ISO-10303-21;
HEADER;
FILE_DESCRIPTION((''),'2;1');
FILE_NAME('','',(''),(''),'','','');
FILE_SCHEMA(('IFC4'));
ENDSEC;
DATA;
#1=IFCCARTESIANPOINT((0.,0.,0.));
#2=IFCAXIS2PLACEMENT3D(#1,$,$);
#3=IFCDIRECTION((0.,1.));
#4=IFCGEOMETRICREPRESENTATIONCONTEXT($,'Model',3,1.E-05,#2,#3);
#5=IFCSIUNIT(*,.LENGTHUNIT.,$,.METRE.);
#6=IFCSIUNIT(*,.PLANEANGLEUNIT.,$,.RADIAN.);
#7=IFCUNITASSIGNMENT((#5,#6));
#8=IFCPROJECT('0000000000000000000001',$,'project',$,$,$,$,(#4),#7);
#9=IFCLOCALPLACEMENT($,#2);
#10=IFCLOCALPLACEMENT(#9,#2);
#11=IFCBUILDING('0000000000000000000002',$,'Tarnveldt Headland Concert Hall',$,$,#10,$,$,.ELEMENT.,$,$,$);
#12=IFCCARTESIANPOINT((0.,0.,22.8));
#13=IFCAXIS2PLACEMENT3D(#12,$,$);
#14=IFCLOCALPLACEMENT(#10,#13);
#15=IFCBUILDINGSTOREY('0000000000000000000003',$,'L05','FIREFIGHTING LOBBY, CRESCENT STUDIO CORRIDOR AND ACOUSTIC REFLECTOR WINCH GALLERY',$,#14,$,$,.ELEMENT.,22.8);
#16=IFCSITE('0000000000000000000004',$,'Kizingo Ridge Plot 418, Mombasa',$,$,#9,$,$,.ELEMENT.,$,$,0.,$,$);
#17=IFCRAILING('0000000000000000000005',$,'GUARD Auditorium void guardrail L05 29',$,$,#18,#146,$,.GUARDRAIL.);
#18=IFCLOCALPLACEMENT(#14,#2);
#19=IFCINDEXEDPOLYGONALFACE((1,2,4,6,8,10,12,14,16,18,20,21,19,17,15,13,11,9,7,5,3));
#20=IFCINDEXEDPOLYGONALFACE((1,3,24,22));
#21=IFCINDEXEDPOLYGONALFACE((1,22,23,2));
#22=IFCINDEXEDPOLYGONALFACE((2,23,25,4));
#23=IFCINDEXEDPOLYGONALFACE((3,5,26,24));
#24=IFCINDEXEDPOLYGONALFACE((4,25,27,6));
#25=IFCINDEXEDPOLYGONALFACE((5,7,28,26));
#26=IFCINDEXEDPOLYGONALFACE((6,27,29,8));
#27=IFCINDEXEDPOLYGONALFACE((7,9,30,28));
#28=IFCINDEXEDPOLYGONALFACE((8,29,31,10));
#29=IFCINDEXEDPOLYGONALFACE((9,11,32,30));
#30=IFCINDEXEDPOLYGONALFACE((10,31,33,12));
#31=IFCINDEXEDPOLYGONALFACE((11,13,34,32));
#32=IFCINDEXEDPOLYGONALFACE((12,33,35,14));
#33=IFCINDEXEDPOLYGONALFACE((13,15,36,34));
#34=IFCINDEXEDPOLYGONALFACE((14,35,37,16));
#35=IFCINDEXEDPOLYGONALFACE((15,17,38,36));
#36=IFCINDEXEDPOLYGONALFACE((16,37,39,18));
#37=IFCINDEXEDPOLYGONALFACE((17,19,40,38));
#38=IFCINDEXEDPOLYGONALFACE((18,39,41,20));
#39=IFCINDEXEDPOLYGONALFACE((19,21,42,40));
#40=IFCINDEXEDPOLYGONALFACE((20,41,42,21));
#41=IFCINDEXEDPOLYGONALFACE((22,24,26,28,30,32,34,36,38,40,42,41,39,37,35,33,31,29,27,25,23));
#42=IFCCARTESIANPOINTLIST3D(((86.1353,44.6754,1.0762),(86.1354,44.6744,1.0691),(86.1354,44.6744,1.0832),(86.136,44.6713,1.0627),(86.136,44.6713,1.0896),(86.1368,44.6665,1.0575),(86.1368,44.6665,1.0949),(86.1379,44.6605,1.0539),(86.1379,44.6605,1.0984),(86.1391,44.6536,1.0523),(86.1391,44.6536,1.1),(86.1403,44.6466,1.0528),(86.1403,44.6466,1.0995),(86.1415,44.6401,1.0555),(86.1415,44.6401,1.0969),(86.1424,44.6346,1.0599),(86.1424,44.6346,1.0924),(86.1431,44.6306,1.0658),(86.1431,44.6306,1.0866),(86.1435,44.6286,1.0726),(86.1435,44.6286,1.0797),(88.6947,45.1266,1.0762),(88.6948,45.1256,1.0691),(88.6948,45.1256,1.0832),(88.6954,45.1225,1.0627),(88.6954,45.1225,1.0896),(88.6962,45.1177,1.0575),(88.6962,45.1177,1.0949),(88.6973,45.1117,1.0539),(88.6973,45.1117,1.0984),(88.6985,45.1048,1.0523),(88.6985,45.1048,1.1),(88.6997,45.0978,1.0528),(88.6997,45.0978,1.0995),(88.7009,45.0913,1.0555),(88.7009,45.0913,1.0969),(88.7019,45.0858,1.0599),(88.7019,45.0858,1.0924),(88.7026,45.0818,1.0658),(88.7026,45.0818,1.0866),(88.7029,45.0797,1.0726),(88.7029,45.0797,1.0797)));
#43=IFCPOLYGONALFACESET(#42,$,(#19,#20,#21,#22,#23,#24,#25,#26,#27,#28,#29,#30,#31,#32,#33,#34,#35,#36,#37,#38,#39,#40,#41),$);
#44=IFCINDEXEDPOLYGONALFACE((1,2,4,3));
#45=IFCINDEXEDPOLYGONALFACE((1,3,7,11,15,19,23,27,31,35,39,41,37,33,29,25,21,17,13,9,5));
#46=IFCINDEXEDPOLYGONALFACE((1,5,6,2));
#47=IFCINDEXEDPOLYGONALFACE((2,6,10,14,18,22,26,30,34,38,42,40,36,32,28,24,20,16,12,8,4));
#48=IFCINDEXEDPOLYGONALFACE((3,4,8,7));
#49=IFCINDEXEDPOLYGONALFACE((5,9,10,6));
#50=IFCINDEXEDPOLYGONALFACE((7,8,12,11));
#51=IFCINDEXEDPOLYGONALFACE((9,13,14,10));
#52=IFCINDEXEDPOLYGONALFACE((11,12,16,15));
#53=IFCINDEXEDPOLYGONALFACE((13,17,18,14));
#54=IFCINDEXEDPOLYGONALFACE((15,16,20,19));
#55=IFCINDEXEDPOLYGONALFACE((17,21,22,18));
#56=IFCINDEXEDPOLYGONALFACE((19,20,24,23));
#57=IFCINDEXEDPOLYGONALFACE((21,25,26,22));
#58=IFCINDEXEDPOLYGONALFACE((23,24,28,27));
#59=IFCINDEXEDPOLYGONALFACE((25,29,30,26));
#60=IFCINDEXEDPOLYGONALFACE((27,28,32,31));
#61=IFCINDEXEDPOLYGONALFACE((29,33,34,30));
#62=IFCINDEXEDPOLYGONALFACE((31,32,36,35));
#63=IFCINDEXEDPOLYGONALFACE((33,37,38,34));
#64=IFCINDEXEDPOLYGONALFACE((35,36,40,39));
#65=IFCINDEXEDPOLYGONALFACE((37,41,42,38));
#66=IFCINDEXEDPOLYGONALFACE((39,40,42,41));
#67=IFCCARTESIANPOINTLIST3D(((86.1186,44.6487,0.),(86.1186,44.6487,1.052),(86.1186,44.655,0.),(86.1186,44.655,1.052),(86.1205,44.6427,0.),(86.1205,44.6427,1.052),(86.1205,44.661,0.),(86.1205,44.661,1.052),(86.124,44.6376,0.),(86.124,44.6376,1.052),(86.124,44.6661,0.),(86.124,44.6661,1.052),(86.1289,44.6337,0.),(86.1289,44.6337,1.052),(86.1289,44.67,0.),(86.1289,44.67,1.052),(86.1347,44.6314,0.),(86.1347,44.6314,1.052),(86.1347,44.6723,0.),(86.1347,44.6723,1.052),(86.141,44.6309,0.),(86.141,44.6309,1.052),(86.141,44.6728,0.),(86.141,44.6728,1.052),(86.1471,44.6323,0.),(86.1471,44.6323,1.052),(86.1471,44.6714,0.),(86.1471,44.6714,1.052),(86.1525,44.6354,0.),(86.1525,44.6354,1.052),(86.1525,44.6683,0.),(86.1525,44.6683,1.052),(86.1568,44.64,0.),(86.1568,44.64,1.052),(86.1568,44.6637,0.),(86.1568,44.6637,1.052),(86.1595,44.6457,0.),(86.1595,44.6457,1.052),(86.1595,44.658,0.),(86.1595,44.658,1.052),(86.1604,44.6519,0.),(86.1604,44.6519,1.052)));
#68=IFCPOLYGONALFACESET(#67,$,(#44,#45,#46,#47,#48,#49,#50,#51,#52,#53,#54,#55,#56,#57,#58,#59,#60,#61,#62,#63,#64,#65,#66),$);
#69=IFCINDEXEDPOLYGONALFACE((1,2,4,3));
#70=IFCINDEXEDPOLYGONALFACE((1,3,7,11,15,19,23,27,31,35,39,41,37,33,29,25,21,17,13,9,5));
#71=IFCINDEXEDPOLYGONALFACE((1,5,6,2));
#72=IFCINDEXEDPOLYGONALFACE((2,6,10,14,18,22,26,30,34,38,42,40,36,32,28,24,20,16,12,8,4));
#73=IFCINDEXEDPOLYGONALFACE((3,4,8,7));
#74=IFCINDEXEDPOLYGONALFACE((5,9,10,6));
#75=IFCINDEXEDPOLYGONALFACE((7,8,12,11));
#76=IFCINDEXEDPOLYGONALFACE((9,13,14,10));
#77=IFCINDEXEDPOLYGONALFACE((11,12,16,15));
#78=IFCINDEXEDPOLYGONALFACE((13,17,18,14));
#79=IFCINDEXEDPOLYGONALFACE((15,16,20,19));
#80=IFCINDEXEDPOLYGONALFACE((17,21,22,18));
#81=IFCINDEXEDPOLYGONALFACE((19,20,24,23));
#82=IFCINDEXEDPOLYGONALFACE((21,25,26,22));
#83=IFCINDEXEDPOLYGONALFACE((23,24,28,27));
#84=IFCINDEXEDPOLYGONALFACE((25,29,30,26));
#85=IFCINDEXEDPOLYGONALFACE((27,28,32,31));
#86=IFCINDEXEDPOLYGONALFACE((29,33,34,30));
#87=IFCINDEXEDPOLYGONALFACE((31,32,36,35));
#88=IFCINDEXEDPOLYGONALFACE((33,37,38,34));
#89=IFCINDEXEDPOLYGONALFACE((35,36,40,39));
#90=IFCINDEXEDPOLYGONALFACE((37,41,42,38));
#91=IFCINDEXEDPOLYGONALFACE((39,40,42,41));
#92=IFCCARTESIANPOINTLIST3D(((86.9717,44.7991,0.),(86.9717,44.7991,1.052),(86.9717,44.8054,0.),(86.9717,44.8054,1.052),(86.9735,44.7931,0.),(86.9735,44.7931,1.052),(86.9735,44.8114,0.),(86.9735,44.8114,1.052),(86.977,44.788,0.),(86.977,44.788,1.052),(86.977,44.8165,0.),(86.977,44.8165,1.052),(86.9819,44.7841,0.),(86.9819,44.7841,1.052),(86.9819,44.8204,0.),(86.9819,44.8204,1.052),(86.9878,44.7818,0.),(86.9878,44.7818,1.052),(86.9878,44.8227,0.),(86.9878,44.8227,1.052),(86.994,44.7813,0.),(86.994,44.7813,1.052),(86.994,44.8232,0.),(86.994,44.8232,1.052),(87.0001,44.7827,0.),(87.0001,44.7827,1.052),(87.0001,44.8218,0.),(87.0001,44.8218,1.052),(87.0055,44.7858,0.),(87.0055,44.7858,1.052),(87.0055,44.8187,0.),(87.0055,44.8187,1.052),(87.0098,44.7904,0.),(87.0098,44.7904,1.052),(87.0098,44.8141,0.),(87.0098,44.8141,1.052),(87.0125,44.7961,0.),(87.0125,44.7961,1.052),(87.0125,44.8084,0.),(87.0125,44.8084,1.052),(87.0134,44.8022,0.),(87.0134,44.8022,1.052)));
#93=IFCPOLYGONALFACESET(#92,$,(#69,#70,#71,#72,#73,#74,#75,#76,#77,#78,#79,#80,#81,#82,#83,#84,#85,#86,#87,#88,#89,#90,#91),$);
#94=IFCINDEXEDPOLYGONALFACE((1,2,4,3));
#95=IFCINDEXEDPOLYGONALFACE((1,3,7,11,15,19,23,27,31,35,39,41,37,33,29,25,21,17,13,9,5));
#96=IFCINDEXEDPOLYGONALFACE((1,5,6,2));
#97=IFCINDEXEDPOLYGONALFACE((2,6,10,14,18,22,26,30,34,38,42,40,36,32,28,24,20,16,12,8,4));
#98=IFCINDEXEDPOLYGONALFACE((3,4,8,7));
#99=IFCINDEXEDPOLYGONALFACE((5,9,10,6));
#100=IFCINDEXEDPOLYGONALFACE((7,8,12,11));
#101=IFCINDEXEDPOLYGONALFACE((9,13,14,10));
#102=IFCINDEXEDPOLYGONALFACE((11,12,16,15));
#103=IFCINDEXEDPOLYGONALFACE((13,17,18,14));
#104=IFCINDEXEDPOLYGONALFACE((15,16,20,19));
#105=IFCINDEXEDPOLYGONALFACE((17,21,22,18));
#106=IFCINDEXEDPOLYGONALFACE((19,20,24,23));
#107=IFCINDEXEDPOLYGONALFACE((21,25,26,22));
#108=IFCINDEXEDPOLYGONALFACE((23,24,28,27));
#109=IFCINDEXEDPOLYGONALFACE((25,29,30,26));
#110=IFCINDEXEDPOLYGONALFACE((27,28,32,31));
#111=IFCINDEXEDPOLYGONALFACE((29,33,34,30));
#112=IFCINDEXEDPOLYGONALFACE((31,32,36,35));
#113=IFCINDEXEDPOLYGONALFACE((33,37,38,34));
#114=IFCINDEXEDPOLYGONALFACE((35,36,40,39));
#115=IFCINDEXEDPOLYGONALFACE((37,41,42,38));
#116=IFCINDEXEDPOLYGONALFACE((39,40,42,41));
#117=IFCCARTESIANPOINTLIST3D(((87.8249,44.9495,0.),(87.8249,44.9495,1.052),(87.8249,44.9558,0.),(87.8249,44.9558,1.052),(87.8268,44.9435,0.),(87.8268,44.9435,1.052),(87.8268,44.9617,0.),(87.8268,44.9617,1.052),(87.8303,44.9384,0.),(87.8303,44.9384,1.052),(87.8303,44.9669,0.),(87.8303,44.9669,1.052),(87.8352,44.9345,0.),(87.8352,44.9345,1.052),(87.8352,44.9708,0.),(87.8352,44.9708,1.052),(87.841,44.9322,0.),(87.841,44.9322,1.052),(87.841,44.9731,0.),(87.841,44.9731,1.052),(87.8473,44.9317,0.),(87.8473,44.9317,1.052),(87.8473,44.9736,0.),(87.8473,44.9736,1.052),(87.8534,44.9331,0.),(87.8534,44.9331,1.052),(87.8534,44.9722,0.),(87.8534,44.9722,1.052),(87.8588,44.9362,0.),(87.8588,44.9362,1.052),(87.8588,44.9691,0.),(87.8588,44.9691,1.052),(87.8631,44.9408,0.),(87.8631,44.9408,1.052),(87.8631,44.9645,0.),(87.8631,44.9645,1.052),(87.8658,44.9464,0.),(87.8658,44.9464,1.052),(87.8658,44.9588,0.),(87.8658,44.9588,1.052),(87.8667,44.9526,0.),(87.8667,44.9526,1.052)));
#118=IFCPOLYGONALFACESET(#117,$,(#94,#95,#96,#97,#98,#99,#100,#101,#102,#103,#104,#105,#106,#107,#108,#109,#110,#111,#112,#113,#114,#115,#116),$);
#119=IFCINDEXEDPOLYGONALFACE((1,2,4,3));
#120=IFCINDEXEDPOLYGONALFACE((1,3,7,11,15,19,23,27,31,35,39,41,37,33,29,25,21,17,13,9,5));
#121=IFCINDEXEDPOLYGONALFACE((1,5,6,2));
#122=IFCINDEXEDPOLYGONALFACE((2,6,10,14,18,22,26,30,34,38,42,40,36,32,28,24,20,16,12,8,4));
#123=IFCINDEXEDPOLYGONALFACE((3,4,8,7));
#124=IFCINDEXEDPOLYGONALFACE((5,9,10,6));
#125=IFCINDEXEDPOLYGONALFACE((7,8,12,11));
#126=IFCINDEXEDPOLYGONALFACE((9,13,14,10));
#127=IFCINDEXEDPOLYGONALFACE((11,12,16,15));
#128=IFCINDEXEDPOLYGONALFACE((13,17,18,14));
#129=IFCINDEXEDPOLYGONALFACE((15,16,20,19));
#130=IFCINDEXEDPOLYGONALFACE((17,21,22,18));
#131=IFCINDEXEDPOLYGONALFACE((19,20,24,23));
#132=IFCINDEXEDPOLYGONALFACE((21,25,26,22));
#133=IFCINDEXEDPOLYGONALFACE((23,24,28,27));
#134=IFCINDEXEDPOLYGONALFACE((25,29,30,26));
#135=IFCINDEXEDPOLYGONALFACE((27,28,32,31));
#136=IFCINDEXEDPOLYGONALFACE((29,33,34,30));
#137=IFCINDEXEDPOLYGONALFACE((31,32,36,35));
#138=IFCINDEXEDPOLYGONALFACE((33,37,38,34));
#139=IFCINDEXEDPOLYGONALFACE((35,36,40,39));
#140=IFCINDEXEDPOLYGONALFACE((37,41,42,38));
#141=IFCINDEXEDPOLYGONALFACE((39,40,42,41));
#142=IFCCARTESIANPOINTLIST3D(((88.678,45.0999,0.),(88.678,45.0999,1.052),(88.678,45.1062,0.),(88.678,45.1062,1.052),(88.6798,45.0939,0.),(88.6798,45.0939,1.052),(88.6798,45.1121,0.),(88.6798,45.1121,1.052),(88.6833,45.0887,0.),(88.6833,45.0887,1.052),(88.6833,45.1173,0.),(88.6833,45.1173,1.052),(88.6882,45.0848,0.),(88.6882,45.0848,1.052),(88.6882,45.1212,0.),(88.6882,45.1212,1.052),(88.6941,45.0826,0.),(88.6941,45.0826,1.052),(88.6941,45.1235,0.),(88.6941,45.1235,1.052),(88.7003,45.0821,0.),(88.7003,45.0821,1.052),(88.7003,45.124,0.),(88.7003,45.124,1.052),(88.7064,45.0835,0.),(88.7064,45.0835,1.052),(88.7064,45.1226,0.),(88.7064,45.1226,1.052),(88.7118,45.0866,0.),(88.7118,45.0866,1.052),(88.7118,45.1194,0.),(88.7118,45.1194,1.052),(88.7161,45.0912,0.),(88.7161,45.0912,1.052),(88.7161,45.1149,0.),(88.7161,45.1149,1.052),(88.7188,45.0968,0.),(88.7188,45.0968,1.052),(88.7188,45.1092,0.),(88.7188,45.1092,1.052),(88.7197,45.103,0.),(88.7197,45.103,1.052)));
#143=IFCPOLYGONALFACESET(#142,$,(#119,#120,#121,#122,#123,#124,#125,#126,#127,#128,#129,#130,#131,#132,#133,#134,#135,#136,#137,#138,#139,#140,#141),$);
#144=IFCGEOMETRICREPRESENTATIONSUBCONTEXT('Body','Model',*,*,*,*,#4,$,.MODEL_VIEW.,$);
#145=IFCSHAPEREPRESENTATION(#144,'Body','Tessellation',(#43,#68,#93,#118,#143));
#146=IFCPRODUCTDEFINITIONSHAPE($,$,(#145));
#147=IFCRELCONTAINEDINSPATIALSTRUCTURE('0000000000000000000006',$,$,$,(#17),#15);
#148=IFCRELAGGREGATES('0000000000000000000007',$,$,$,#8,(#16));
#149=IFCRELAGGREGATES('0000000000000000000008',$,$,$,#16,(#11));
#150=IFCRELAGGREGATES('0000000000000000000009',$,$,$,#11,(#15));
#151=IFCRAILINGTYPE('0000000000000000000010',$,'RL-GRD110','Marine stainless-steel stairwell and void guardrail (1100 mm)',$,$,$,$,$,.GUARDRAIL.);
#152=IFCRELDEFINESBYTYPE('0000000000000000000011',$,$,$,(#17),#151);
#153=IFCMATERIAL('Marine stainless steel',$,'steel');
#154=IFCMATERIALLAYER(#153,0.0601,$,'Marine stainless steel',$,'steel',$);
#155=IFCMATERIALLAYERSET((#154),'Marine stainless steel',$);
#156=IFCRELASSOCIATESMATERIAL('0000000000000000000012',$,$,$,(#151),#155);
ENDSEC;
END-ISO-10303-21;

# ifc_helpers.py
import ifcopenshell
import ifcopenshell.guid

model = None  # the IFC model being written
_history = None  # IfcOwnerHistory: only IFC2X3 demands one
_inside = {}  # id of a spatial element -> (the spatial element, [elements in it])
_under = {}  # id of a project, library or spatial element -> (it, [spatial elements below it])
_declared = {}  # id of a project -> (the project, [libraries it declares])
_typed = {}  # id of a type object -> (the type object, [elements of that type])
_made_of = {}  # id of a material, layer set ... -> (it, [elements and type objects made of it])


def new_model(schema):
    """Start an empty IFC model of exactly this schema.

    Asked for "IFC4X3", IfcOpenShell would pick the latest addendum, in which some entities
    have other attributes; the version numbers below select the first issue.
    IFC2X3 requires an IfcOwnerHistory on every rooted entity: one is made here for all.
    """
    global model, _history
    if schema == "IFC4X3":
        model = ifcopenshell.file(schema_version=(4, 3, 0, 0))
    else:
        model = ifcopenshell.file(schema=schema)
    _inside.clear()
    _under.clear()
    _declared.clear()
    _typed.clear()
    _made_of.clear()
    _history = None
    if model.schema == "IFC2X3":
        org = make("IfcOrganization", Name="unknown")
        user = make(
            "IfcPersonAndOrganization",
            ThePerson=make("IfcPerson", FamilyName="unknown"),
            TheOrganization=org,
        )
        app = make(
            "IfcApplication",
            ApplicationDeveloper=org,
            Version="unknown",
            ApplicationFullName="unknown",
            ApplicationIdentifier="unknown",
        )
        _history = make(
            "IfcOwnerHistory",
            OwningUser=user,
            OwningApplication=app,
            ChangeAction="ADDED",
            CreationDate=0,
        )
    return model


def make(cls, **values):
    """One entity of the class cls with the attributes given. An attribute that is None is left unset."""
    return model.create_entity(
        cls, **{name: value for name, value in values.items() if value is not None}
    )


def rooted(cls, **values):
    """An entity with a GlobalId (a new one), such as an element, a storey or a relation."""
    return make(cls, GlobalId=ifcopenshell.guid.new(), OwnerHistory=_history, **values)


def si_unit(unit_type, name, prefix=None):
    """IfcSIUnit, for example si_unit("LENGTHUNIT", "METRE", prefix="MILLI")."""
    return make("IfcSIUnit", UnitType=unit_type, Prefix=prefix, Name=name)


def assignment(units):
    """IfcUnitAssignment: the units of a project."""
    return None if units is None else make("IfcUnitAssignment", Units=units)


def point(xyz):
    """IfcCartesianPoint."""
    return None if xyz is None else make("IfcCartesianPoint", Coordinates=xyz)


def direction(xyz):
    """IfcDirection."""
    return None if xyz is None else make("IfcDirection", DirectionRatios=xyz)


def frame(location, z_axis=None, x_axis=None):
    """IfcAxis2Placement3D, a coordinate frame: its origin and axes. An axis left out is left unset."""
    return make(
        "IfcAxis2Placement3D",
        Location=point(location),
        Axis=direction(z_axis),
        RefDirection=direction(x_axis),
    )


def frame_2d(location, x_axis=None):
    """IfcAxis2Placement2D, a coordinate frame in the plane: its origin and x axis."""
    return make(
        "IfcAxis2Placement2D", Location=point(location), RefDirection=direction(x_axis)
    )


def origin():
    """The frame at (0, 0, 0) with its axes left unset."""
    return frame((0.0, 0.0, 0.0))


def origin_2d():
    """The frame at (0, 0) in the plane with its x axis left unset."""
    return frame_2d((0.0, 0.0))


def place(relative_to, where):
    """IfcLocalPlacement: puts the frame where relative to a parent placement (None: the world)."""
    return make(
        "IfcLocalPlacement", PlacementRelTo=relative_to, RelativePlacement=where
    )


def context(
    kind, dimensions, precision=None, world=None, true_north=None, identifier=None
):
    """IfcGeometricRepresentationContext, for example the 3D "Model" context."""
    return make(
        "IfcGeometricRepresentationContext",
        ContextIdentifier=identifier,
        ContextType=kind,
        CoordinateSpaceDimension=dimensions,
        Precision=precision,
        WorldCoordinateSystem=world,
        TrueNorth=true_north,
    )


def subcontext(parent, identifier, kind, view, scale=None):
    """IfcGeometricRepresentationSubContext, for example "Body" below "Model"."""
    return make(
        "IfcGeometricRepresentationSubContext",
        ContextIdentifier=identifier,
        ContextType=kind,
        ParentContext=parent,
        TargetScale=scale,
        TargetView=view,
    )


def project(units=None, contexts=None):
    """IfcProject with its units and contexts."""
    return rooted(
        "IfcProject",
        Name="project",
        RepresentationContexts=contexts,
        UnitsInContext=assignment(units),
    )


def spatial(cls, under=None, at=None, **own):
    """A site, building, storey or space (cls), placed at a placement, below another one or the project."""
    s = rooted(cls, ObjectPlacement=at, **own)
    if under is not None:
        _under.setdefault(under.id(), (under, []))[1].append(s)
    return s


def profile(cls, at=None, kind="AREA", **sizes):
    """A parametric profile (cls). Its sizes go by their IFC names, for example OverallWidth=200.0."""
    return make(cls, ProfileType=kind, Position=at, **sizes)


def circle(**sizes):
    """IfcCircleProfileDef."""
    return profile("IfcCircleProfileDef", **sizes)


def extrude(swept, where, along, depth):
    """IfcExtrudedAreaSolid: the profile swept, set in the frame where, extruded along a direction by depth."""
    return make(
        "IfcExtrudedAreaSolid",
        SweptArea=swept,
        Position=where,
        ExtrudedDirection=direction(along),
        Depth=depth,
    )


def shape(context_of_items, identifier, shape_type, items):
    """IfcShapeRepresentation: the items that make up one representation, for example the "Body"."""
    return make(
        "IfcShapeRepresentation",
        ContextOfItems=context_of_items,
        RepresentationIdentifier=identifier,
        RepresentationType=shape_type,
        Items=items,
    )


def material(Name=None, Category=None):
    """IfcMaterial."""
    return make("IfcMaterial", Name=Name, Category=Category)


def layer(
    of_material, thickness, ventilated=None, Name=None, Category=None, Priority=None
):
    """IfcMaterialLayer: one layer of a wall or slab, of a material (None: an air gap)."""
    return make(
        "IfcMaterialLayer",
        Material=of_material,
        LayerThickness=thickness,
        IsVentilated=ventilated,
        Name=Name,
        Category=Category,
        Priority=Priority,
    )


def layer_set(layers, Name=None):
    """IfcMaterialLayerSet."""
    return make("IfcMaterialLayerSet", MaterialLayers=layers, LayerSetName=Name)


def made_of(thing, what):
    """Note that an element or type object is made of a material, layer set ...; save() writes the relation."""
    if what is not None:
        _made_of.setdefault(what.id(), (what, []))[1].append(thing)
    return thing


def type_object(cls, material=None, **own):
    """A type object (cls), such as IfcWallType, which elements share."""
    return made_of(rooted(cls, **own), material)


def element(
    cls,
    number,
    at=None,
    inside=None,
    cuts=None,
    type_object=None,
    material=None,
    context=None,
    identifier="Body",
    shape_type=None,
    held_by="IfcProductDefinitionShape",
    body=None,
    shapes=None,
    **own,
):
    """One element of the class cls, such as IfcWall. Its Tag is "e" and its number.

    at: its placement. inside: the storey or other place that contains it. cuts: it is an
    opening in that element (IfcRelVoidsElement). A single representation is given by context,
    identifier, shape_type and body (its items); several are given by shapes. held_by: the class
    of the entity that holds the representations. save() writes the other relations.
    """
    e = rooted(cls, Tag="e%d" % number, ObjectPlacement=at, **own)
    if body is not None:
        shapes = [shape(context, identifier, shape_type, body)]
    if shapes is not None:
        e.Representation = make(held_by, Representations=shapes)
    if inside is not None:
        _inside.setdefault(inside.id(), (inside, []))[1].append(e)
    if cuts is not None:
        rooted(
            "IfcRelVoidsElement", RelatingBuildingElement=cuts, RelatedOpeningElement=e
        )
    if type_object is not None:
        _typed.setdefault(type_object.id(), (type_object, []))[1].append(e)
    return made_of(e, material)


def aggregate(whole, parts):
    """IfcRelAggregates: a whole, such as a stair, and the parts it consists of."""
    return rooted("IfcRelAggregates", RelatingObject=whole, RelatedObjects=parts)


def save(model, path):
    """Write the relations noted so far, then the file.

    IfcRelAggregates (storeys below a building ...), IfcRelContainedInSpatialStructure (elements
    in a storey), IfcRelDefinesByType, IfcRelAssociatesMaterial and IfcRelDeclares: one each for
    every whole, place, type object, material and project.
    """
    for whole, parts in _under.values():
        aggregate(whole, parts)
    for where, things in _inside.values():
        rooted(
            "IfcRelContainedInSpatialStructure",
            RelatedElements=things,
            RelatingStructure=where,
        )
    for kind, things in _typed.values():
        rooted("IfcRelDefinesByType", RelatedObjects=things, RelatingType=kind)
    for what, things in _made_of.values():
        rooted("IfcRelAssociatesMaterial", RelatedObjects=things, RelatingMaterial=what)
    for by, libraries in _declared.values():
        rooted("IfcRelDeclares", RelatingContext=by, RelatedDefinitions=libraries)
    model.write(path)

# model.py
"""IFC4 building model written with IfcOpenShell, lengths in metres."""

from ifc_helpers import new_model, si_unit, direction, frame, origin, origin_2d, place, context, subcontext, project, spatial, circle, extrude, material, layer, layer_set, type_object, element, save


model = new_model("IFC4")

# Units and contexts
model_context = context("Model", 3, precision=1e-05, world=origin(), true_north=direction((0.0, 1.0)))
body_context = subcontext(model_context, "Body", "Model", "MODEL_VIEW")
ifc_project = project(units=[si_unit("LENGTHUNIT", "METRE"), si_unit("PLANEANGLEUNIT", "RADIAN")], contexts=[model_context])

# Site, building, storey
site_placement = place(None, origin())
site = spatial("IfcSite", under=ifc_project, at=site_placement, Name="Kizingo Ridge Plot 418, Mombasa", CompositionType="ELEMENT", RefElevation=0.0)
building_placement = place(site_placement, origin())
building = spatial("IfcBuilding", under=site, at=building_placement, Name="Tarnveldt Headland Concert Hall", CompositionType="ELEMENT")
storey_placement = place(building_placement, frame((0.0, 0.0, 22.8)))
storey = spatial("IfcBuildingStorey", under=building, at=storey_placement, Name="L05", Description="FIREFIGHTING LOBBY, CRESCENT STUDIO CORRIDOR AND ACOUSTIC REFLECTOR WINCH GALLERY", CompositionType="ELEMENT", Elevation=22.8)

# Railing
ifc_material_1 = material(Name="Marine stainless steel", Category="steel")
ifc_layer_1 = layer(ifc_material_1, 0.0601, Name="Marine stainless steel", Category="steel")
ifc_layer_set_1 = layer_set([ifc_layer_1], Name="Marine stainless steel")
railing_type = type_object("IfcRailingType", Name="RL-GRD110", Description="Marine stainless-steel stairwell and void guardrail (1100 mm)", PredefinedType="GUARDRAIL", material=ifc_layer_set_1)
railing_1_placement = place(storey_placement, frame((86.1394, 44.6519, 0.0)))
element("IfcRailing", 1, at=railing_1_placement, inside=storey, type_object=railing_type, Name="GUARD Auditorium void guardrail L05 29", PredefinedType="GUARDRAIL", context=body_context, shape_type="SweptSolid", body=[
    extrude(circle(Radius=0.0239, at=origin_2d()), frame((0.0, 0.0, 1.0762), z_axis=(0.984815, 0.173608, 0.0), x_axis=(-0.173608, 0.984815, 0.0)), (0.0, 0.0, 1.0), 2.5989),
    extrude(circle(Radius=0.021, at=origin_2d()), origin(), (0.0, 0.0, 1.0), 1.052),
    extrude(circle(Radius=0.021, at=origin_2d()), frame((0.853, 0.1504, 0.0)), (0.0, 0.0, 1.0), 1.052),
    extrude(circle(Radius=0.021, at=origin_2d()), frame((1.7063, 0.3008, 0.0)), (0.0, 0.0, 1.0), 1.052),
    extrude(circle(Radius=0.021, at=origin_2d()), frame((2.5593, 0.4512, 0.0)), (0.0, 0.0, 1.0), 1.052),
])

save(model, "model.ifc")
